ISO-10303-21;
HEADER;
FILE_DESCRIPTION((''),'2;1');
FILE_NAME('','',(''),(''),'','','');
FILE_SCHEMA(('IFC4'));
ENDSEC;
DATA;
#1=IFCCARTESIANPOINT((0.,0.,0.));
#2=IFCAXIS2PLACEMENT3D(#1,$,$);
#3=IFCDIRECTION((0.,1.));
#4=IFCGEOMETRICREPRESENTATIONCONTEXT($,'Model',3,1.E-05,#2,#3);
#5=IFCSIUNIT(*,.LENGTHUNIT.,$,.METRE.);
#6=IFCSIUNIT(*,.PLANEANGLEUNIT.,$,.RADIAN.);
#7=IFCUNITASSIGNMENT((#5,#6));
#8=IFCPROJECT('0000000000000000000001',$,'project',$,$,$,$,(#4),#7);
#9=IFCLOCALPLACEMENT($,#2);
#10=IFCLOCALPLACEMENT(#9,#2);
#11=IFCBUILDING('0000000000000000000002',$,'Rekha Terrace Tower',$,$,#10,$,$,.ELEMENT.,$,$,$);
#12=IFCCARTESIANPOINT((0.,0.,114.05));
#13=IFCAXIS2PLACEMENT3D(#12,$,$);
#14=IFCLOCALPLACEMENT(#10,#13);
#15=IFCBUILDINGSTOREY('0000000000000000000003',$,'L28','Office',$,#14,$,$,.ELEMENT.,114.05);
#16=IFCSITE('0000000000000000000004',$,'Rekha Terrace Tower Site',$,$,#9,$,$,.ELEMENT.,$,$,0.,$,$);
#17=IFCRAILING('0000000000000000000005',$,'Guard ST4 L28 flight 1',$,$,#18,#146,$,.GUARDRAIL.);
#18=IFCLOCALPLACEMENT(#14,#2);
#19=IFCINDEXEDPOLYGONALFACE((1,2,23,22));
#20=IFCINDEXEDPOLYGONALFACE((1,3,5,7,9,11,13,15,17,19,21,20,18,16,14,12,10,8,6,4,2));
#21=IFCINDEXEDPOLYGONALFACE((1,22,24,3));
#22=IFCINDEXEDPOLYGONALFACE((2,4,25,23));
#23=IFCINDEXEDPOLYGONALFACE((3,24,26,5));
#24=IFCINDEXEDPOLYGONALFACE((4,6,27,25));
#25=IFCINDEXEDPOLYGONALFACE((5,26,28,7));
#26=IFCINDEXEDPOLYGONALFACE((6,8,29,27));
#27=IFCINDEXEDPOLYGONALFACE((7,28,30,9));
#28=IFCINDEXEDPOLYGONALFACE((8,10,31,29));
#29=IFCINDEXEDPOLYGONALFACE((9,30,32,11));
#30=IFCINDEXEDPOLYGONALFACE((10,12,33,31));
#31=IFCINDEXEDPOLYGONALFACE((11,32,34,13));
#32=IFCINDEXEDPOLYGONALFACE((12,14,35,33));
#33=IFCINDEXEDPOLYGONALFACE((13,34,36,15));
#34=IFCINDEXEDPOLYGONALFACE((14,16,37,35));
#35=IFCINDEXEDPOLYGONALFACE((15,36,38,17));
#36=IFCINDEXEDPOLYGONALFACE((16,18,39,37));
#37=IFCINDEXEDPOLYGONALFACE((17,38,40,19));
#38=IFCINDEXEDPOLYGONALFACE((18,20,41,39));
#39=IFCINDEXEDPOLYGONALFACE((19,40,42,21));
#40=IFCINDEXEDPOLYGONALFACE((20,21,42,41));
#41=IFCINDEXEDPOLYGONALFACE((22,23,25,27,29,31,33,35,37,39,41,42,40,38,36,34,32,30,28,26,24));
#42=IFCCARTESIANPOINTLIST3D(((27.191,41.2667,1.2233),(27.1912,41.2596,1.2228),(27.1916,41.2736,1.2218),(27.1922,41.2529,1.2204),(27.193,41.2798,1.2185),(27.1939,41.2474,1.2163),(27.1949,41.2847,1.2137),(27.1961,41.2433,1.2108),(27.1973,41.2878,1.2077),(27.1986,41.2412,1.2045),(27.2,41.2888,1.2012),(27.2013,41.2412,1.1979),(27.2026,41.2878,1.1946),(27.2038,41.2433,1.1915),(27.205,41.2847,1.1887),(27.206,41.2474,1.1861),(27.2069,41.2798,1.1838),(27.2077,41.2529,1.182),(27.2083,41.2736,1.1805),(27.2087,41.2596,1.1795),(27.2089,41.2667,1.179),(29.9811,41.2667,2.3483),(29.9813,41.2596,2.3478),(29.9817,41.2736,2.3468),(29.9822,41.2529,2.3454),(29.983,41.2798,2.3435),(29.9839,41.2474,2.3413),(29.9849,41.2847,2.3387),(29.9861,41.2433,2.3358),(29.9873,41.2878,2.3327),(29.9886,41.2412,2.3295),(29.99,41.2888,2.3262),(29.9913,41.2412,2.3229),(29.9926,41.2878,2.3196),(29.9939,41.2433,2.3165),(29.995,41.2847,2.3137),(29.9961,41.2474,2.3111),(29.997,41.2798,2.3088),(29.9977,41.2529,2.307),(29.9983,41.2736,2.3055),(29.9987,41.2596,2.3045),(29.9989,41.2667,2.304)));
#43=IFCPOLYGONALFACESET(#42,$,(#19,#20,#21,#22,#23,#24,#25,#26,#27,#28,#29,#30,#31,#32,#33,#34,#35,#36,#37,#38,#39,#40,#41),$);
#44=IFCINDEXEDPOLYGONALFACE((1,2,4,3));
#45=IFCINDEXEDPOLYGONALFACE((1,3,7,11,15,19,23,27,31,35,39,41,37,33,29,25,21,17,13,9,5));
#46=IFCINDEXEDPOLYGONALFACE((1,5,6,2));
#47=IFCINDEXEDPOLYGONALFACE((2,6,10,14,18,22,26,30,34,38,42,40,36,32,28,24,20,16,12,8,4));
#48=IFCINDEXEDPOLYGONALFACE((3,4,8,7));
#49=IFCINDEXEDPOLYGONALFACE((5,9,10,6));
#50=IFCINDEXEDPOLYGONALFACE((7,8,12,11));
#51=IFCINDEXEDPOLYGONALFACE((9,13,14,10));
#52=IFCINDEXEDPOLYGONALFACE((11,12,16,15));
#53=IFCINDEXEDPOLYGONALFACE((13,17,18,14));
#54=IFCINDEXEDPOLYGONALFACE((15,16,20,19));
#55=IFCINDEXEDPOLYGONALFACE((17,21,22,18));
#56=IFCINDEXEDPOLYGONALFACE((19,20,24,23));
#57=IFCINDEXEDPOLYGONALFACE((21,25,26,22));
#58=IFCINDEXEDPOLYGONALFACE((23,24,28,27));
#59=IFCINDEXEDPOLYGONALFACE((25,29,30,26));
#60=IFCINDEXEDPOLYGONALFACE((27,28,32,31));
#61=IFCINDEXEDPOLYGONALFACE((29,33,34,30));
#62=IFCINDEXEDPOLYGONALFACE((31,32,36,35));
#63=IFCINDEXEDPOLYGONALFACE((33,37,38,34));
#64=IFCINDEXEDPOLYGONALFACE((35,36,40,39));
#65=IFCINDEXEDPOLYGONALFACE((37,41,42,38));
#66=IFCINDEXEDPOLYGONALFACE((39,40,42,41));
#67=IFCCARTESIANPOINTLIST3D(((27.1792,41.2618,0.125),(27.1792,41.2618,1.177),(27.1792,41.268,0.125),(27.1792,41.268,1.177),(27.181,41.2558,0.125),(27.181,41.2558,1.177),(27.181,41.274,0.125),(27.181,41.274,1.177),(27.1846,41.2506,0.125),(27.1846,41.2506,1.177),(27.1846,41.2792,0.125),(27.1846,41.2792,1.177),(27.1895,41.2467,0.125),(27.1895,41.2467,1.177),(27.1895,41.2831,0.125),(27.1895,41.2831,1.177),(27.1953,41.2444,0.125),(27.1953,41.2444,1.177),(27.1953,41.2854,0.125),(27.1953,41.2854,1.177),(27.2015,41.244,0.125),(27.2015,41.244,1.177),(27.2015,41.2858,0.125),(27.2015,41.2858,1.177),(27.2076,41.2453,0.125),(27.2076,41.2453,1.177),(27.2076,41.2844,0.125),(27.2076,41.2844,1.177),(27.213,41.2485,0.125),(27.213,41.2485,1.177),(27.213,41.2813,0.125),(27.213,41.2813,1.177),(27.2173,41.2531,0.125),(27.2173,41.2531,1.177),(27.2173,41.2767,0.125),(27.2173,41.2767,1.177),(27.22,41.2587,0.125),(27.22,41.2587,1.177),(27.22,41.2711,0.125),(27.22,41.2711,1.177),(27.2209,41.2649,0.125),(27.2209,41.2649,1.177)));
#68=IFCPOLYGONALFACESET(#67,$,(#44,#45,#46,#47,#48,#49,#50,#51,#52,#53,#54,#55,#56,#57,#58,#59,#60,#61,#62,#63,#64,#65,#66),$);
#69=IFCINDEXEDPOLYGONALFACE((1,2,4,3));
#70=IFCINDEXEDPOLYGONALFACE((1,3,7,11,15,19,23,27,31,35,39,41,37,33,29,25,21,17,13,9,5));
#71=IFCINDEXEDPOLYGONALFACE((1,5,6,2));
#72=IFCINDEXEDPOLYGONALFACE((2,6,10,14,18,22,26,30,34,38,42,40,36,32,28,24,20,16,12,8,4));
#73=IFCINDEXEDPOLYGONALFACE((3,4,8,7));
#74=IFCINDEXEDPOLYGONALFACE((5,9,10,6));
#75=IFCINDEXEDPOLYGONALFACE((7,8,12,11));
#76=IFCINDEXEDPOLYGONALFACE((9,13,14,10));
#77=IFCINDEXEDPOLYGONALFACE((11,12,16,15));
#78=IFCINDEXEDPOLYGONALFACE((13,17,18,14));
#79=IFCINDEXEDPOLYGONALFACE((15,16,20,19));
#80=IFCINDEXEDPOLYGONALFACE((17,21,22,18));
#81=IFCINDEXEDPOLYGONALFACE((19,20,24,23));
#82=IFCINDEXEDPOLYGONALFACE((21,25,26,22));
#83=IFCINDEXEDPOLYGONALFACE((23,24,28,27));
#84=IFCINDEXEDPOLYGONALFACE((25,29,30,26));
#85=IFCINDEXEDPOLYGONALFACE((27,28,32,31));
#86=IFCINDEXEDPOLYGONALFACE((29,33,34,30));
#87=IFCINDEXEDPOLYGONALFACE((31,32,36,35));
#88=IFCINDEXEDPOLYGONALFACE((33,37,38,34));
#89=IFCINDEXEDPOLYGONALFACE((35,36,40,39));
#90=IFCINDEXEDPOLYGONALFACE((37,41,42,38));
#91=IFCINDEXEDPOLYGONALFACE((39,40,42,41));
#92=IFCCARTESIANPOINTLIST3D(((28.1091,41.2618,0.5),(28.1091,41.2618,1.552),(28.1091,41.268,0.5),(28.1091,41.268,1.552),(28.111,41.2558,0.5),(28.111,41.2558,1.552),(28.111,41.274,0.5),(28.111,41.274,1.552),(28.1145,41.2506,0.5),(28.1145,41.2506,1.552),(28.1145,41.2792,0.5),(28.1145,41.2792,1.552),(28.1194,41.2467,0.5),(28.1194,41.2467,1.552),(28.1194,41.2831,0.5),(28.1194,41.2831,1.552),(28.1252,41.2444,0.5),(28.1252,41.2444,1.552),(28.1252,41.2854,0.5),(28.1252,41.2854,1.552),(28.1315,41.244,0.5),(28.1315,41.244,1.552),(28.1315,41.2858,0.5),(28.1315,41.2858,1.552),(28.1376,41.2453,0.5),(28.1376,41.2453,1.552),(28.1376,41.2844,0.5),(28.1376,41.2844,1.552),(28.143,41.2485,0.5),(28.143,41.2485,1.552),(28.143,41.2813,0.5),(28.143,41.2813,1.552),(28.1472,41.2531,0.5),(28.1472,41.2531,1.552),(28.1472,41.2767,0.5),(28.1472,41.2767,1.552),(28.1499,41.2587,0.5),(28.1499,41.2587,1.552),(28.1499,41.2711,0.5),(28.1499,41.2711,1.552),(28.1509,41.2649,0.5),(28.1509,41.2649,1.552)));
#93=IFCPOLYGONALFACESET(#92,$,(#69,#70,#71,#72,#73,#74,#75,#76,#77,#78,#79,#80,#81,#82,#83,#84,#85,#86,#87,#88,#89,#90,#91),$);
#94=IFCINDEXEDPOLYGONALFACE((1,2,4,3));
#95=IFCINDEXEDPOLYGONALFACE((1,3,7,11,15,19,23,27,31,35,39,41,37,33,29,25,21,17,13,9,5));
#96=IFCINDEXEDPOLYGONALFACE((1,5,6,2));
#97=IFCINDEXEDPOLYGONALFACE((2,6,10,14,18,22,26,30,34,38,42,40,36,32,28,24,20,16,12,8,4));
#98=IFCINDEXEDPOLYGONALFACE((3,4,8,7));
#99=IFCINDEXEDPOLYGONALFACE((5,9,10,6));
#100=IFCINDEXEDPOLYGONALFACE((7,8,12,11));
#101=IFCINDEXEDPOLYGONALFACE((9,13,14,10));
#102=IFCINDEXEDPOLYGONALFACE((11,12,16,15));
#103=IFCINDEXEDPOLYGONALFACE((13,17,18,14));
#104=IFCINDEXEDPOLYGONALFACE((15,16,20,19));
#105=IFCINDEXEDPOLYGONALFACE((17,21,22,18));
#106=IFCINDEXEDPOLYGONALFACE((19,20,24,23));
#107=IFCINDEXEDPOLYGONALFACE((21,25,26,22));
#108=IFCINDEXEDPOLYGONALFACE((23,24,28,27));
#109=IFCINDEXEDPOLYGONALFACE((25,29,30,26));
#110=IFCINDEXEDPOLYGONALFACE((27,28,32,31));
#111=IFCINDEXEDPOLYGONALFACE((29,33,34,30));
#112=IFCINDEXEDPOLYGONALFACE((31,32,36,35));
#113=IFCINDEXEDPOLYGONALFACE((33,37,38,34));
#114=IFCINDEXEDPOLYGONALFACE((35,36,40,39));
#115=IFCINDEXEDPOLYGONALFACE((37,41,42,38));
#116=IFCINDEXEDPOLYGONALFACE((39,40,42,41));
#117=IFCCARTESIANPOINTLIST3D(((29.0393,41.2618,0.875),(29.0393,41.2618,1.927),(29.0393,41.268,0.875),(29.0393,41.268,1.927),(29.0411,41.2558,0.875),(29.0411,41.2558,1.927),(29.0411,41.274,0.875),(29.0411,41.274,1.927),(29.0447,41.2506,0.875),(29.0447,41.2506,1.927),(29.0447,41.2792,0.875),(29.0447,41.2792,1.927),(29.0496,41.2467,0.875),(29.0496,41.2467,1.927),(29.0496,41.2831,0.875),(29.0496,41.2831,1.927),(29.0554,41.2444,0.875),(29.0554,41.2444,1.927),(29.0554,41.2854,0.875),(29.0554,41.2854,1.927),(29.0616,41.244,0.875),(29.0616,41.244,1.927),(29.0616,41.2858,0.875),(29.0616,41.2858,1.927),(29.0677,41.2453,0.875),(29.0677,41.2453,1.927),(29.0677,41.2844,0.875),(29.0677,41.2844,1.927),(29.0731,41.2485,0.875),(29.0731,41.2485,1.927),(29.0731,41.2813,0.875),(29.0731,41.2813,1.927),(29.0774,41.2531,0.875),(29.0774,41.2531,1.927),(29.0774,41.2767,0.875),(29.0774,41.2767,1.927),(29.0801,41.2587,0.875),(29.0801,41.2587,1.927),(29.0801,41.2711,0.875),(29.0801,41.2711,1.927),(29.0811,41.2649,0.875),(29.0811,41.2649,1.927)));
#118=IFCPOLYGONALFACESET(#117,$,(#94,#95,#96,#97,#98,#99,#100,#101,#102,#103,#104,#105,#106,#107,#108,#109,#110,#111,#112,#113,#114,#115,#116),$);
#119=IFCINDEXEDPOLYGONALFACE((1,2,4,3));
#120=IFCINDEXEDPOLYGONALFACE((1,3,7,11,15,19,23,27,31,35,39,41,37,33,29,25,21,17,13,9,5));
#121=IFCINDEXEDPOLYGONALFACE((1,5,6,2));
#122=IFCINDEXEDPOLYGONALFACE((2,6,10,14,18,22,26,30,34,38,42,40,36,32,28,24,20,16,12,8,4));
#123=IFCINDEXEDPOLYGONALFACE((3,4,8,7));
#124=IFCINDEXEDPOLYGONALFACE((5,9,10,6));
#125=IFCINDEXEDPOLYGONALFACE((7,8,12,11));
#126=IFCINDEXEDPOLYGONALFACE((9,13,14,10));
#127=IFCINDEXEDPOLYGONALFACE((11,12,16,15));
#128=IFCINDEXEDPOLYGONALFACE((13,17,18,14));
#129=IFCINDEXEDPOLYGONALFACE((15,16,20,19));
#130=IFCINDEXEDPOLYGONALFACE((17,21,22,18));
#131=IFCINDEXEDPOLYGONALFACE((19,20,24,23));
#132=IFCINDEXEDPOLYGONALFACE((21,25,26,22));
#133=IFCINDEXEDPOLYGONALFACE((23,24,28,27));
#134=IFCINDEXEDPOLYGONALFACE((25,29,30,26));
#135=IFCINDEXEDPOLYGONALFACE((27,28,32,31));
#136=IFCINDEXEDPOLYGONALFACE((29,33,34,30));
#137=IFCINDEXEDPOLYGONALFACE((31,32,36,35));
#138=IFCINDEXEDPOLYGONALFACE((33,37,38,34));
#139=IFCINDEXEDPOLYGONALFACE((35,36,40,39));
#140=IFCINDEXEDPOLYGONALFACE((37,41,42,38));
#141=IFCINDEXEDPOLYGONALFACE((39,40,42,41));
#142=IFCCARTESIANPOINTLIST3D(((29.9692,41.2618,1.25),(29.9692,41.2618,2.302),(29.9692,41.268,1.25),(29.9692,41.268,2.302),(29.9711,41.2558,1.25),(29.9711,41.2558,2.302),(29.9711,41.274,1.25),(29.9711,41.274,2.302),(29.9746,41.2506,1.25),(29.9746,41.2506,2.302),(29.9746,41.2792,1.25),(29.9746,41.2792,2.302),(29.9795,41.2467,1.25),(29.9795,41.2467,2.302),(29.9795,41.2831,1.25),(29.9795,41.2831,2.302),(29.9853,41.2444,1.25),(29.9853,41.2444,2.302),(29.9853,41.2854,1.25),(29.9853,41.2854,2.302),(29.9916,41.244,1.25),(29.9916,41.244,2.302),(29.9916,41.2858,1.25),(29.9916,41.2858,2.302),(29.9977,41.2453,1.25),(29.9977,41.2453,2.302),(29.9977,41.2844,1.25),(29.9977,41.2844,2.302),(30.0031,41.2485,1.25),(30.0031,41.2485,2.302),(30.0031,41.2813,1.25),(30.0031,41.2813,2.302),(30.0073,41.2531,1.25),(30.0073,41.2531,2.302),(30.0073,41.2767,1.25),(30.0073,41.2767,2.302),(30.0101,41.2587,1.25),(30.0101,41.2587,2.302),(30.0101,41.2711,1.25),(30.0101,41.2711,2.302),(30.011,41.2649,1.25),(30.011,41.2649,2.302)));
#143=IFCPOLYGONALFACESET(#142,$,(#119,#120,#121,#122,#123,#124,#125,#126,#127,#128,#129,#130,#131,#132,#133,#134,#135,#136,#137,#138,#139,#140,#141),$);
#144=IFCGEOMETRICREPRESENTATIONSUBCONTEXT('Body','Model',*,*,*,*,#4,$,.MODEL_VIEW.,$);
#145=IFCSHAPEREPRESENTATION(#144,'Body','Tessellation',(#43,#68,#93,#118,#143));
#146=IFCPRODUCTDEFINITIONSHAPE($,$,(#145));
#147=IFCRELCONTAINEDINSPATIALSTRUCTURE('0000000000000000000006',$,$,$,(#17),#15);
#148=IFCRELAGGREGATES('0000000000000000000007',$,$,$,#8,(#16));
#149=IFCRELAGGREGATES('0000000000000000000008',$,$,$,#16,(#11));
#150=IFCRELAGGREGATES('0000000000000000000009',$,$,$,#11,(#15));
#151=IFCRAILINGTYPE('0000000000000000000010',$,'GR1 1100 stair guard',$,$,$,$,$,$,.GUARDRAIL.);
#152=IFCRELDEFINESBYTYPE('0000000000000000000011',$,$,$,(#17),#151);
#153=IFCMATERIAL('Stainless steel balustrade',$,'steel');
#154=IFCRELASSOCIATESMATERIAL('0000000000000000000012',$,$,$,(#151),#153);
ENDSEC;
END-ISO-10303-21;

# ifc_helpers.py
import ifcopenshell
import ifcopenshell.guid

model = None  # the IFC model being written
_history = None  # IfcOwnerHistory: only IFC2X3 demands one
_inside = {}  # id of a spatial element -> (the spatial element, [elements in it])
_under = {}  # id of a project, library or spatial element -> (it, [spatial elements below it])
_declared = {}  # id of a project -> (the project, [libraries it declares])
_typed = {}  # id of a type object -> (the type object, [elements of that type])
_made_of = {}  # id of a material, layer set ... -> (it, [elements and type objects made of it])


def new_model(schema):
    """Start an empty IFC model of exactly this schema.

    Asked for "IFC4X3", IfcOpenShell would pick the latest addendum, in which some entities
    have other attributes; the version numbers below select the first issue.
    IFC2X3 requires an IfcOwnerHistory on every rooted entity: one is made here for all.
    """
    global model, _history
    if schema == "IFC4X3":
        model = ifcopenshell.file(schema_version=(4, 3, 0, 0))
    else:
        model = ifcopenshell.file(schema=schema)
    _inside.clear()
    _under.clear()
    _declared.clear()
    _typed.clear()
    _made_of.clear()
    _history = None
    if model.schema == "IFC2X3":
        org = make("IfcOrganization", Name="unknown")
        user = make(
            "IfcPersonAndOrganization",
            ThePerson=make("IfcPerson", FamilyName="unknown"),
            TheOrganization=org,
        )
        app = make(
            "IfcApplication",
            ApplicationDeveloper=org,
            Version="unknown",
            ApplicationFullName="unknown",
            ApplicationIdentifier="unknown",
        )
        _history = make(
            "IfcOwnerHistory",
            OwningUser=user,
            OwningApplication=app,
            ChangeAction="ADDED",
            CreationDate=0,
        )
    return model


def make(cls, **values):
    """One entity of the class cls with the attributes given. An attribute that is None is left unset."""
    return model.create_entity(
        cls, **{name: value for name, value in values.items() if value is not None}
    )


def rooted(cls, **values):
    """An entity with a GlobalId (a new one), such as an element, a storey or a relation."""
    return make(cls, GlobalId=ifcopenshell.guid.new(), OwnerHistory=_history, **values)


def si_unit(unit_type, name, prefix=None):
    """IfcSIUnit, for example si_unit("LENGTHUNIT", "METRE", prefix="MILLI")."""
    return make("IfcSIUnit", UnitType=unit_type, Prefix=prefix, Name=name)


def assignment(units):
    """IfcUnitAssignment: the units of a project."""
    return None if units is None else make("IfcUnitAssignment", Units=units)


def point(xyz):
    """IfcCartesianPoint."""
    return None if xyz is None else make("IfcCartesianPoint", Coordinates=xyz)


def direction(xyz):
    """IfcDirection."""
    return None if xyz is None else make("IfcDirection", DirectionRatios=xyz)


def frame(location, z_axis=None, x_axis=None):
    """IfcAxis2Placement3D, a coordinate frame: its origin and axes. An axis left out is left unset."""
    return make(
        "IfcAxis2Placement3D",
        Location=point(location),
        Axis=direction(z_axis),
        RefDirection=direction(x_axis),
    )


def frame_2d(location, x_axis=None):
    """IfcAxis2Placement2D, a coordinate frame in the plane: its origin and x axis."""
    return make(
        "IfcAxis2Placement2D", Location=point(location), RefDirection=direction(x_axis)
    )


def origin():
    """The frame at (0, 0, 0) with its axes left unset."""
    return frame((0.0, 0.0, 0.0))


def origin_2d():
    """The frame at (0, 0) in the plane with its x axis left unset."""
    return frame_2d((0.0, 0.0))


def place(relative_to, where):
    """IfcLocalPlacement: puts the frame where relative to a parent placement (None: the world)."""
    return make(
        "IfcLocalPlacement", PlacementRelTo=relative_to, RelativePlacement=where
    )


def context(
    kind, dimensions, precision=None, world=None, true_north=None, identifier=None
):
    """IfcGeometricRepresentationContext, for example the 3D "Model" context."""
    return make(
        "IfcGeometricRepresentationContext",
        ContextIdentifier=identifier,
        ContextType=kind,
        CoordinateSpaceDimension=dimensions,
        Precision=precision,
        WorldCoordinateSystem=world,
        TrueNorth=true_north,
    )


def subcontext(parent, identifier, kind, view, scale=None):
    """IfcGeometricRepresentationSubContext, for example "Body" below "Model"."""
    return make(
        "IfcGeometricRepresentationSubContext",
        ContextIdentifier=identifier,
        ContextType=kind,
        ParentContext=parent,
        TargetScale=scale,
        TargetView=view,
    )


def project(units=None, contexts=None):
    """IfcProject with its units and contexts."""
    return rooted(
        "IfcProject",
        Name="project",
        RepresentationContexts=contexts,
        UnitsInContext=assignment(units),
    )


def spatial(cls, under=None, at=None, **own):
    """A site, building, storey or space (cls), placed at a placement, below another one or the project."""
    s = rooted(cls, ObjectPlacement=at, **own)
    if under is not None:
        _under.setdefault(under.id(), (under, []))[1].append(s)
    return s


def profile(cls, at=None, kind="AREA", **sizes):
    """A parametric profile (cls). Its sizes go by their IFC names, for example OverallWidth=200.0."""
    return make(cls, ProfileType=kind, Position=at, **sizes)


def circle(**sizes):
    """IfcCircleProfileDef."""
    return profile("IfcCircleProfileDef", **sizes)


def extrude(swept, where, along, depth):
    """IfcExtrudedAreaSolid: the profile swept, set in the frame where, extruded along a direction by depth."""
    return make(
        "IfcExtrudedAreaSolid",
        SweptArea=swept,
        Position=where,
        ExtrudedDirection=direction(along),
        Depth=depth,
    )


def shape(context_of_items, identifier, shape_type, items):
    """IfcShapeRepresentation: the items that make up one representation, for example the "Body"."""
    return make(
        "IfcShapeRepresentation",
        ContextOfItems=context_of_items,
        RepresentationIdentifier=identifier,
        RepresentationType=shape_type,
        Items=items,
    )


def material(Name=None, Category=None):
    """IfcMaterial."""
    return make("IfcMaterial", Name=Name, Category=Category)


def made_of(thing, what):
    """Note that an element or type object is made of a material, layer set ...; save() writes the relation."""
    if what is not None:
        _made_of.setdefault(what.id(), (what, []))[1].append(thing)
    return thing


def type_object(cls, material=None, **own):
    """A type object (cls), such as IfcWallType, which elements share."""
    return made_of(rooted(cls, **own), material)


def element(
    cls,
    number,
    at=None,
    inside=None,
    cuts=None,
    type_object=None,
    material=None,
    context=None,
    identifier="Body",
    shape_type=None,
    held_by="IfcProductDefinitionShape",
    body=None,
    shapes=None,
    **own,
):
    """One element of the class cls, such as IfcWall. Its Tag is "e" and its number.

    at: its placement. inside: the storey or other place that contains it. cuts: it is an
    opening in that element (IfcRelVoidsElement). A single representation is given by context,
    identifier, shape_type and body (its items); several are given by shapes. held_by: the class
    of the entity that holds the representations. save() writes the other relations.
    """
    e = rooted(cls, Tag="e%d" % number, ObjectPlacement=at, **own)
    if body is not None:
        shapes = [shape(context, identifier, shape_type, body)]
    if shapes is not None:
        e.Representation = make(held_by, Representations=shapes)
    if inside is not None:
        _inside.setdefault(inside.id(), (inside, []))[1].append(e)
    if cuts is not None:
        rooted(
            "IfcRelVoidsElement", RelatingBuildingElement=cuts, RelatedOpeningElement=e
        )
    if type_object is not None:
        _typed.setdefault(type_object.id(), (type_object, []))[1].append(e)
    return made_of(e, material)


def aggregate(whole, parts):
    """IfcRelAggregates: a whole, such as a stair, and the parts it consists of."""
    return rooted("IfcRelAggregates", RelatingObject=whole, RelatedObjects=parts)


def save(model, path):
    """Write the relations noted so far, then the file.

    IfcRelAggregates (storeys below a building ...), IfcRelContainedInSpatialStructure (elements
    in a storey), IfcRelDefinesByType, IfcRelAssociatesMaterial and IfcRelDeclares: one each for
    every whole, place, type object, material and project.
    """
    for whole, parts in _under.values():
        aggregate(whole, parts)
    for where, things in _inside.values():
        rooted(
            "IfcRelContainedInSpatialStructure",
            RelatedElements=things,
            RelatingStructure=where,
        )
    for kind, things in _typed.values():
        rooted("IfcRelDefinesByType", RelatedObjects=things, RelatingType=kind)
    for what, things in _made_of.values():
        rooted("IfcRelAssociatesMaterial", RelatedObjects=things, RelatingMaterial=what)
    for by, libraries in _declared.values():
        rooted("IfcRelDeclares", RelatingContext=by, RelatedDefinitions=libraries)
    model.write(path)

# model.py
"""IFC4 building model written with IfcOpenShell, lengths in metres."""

from ifc_helpers import new_model, si_unit, direction, frame, origin, origin_2d, place, context, subcontext, project, spatial, circle, extrude, material, type_object, element, save


model = new_model("IFC4")

# Units and contexts
model_context = context("Model", 3, precision=1e-05, world=origin(), true_north=direction((0.0, 1.0)))
body_context = subcontext(model_context, "Body", "Model", "MODEL_VIEW")
ifc_project = project(units=[si_unit("LENGTHUNIT", "METRE"), si_unit("PLANEANGLEUNIT", "RADIAN")], contexts=[model_context])

# Site, building, storey
site_placement = place(None, origin())
site = spatial("IfcSite", under=ifc_project, at=site_placement, Name="Rekha Terrace Tower Site", CompositionType="ELEMENT", RefElevation=0.0)
building_placement = place(site_placement, origin())
building = spatial("IfcBuilding", under=site, at=building_placement, Name="Rekha Terrace Tower", CompositionType="ELEMENT")
storey_placement = place(building_placement, frame((0.0, 0.0, 114.05)))
storey = spatial("IfcBuildingStorey", under=building, at=storey_placement, Name="L28", Description="Office", CompositionType="ELEMENT", Elevation=114.05)

# Railing
ifc_material_1 = material(Name="Stainless steel balustrade", Category="steel")
railing_type_1 = type_object("IfcRailingType", Name="GR1 1100 stair guard", PredefinedType="GUARDRAIL", material=ifc_material_1)
railing_1_placement = place(storey_placement, frame((27.2, 41.2649, 0.125)))
element("IfcRailing", 1, at=railing_1_placement, inside=storey, type_object=railing_type_1, Name="Guard ST4 L28 flight 1", PredefinedType="GUARDRAIL", context=body_context, shape_type="SweptSolid", body=[
    extrude(circle(Radius=0.0239, at=origin_2d()), frame((0.0, 0.0, 1.0762), z_axis=(0.927443, 0.0, 0.373964), x_axis=(0.0, 1.0, 0.0)), (0.0, 0.0, 1.0), 3.0083),
    extrude(circle(Radius=0.021, at=origin_2d()), origin(), (0.0, 0.0, 1.0), 1.052),
    extrude(circle(Radius=0.021, at=origin_2d()), frame((0.9299, 0.0, 0.375)), (0.0, 0.0, 1.0), 1.052),
    extrude(circle(Radius=0.021, at=origin_2d()), frame((1.8601, 0.0, 0.75)), (0.0, 0.0, 1.0), 1.052),
    extrude(circle(Radius=0.021, at=origin_2d()), frame((2.79, 0.0, 1.125)), (0.0, 0.0, 1.0), 1.052),
])

save(model, "model.ifc")
